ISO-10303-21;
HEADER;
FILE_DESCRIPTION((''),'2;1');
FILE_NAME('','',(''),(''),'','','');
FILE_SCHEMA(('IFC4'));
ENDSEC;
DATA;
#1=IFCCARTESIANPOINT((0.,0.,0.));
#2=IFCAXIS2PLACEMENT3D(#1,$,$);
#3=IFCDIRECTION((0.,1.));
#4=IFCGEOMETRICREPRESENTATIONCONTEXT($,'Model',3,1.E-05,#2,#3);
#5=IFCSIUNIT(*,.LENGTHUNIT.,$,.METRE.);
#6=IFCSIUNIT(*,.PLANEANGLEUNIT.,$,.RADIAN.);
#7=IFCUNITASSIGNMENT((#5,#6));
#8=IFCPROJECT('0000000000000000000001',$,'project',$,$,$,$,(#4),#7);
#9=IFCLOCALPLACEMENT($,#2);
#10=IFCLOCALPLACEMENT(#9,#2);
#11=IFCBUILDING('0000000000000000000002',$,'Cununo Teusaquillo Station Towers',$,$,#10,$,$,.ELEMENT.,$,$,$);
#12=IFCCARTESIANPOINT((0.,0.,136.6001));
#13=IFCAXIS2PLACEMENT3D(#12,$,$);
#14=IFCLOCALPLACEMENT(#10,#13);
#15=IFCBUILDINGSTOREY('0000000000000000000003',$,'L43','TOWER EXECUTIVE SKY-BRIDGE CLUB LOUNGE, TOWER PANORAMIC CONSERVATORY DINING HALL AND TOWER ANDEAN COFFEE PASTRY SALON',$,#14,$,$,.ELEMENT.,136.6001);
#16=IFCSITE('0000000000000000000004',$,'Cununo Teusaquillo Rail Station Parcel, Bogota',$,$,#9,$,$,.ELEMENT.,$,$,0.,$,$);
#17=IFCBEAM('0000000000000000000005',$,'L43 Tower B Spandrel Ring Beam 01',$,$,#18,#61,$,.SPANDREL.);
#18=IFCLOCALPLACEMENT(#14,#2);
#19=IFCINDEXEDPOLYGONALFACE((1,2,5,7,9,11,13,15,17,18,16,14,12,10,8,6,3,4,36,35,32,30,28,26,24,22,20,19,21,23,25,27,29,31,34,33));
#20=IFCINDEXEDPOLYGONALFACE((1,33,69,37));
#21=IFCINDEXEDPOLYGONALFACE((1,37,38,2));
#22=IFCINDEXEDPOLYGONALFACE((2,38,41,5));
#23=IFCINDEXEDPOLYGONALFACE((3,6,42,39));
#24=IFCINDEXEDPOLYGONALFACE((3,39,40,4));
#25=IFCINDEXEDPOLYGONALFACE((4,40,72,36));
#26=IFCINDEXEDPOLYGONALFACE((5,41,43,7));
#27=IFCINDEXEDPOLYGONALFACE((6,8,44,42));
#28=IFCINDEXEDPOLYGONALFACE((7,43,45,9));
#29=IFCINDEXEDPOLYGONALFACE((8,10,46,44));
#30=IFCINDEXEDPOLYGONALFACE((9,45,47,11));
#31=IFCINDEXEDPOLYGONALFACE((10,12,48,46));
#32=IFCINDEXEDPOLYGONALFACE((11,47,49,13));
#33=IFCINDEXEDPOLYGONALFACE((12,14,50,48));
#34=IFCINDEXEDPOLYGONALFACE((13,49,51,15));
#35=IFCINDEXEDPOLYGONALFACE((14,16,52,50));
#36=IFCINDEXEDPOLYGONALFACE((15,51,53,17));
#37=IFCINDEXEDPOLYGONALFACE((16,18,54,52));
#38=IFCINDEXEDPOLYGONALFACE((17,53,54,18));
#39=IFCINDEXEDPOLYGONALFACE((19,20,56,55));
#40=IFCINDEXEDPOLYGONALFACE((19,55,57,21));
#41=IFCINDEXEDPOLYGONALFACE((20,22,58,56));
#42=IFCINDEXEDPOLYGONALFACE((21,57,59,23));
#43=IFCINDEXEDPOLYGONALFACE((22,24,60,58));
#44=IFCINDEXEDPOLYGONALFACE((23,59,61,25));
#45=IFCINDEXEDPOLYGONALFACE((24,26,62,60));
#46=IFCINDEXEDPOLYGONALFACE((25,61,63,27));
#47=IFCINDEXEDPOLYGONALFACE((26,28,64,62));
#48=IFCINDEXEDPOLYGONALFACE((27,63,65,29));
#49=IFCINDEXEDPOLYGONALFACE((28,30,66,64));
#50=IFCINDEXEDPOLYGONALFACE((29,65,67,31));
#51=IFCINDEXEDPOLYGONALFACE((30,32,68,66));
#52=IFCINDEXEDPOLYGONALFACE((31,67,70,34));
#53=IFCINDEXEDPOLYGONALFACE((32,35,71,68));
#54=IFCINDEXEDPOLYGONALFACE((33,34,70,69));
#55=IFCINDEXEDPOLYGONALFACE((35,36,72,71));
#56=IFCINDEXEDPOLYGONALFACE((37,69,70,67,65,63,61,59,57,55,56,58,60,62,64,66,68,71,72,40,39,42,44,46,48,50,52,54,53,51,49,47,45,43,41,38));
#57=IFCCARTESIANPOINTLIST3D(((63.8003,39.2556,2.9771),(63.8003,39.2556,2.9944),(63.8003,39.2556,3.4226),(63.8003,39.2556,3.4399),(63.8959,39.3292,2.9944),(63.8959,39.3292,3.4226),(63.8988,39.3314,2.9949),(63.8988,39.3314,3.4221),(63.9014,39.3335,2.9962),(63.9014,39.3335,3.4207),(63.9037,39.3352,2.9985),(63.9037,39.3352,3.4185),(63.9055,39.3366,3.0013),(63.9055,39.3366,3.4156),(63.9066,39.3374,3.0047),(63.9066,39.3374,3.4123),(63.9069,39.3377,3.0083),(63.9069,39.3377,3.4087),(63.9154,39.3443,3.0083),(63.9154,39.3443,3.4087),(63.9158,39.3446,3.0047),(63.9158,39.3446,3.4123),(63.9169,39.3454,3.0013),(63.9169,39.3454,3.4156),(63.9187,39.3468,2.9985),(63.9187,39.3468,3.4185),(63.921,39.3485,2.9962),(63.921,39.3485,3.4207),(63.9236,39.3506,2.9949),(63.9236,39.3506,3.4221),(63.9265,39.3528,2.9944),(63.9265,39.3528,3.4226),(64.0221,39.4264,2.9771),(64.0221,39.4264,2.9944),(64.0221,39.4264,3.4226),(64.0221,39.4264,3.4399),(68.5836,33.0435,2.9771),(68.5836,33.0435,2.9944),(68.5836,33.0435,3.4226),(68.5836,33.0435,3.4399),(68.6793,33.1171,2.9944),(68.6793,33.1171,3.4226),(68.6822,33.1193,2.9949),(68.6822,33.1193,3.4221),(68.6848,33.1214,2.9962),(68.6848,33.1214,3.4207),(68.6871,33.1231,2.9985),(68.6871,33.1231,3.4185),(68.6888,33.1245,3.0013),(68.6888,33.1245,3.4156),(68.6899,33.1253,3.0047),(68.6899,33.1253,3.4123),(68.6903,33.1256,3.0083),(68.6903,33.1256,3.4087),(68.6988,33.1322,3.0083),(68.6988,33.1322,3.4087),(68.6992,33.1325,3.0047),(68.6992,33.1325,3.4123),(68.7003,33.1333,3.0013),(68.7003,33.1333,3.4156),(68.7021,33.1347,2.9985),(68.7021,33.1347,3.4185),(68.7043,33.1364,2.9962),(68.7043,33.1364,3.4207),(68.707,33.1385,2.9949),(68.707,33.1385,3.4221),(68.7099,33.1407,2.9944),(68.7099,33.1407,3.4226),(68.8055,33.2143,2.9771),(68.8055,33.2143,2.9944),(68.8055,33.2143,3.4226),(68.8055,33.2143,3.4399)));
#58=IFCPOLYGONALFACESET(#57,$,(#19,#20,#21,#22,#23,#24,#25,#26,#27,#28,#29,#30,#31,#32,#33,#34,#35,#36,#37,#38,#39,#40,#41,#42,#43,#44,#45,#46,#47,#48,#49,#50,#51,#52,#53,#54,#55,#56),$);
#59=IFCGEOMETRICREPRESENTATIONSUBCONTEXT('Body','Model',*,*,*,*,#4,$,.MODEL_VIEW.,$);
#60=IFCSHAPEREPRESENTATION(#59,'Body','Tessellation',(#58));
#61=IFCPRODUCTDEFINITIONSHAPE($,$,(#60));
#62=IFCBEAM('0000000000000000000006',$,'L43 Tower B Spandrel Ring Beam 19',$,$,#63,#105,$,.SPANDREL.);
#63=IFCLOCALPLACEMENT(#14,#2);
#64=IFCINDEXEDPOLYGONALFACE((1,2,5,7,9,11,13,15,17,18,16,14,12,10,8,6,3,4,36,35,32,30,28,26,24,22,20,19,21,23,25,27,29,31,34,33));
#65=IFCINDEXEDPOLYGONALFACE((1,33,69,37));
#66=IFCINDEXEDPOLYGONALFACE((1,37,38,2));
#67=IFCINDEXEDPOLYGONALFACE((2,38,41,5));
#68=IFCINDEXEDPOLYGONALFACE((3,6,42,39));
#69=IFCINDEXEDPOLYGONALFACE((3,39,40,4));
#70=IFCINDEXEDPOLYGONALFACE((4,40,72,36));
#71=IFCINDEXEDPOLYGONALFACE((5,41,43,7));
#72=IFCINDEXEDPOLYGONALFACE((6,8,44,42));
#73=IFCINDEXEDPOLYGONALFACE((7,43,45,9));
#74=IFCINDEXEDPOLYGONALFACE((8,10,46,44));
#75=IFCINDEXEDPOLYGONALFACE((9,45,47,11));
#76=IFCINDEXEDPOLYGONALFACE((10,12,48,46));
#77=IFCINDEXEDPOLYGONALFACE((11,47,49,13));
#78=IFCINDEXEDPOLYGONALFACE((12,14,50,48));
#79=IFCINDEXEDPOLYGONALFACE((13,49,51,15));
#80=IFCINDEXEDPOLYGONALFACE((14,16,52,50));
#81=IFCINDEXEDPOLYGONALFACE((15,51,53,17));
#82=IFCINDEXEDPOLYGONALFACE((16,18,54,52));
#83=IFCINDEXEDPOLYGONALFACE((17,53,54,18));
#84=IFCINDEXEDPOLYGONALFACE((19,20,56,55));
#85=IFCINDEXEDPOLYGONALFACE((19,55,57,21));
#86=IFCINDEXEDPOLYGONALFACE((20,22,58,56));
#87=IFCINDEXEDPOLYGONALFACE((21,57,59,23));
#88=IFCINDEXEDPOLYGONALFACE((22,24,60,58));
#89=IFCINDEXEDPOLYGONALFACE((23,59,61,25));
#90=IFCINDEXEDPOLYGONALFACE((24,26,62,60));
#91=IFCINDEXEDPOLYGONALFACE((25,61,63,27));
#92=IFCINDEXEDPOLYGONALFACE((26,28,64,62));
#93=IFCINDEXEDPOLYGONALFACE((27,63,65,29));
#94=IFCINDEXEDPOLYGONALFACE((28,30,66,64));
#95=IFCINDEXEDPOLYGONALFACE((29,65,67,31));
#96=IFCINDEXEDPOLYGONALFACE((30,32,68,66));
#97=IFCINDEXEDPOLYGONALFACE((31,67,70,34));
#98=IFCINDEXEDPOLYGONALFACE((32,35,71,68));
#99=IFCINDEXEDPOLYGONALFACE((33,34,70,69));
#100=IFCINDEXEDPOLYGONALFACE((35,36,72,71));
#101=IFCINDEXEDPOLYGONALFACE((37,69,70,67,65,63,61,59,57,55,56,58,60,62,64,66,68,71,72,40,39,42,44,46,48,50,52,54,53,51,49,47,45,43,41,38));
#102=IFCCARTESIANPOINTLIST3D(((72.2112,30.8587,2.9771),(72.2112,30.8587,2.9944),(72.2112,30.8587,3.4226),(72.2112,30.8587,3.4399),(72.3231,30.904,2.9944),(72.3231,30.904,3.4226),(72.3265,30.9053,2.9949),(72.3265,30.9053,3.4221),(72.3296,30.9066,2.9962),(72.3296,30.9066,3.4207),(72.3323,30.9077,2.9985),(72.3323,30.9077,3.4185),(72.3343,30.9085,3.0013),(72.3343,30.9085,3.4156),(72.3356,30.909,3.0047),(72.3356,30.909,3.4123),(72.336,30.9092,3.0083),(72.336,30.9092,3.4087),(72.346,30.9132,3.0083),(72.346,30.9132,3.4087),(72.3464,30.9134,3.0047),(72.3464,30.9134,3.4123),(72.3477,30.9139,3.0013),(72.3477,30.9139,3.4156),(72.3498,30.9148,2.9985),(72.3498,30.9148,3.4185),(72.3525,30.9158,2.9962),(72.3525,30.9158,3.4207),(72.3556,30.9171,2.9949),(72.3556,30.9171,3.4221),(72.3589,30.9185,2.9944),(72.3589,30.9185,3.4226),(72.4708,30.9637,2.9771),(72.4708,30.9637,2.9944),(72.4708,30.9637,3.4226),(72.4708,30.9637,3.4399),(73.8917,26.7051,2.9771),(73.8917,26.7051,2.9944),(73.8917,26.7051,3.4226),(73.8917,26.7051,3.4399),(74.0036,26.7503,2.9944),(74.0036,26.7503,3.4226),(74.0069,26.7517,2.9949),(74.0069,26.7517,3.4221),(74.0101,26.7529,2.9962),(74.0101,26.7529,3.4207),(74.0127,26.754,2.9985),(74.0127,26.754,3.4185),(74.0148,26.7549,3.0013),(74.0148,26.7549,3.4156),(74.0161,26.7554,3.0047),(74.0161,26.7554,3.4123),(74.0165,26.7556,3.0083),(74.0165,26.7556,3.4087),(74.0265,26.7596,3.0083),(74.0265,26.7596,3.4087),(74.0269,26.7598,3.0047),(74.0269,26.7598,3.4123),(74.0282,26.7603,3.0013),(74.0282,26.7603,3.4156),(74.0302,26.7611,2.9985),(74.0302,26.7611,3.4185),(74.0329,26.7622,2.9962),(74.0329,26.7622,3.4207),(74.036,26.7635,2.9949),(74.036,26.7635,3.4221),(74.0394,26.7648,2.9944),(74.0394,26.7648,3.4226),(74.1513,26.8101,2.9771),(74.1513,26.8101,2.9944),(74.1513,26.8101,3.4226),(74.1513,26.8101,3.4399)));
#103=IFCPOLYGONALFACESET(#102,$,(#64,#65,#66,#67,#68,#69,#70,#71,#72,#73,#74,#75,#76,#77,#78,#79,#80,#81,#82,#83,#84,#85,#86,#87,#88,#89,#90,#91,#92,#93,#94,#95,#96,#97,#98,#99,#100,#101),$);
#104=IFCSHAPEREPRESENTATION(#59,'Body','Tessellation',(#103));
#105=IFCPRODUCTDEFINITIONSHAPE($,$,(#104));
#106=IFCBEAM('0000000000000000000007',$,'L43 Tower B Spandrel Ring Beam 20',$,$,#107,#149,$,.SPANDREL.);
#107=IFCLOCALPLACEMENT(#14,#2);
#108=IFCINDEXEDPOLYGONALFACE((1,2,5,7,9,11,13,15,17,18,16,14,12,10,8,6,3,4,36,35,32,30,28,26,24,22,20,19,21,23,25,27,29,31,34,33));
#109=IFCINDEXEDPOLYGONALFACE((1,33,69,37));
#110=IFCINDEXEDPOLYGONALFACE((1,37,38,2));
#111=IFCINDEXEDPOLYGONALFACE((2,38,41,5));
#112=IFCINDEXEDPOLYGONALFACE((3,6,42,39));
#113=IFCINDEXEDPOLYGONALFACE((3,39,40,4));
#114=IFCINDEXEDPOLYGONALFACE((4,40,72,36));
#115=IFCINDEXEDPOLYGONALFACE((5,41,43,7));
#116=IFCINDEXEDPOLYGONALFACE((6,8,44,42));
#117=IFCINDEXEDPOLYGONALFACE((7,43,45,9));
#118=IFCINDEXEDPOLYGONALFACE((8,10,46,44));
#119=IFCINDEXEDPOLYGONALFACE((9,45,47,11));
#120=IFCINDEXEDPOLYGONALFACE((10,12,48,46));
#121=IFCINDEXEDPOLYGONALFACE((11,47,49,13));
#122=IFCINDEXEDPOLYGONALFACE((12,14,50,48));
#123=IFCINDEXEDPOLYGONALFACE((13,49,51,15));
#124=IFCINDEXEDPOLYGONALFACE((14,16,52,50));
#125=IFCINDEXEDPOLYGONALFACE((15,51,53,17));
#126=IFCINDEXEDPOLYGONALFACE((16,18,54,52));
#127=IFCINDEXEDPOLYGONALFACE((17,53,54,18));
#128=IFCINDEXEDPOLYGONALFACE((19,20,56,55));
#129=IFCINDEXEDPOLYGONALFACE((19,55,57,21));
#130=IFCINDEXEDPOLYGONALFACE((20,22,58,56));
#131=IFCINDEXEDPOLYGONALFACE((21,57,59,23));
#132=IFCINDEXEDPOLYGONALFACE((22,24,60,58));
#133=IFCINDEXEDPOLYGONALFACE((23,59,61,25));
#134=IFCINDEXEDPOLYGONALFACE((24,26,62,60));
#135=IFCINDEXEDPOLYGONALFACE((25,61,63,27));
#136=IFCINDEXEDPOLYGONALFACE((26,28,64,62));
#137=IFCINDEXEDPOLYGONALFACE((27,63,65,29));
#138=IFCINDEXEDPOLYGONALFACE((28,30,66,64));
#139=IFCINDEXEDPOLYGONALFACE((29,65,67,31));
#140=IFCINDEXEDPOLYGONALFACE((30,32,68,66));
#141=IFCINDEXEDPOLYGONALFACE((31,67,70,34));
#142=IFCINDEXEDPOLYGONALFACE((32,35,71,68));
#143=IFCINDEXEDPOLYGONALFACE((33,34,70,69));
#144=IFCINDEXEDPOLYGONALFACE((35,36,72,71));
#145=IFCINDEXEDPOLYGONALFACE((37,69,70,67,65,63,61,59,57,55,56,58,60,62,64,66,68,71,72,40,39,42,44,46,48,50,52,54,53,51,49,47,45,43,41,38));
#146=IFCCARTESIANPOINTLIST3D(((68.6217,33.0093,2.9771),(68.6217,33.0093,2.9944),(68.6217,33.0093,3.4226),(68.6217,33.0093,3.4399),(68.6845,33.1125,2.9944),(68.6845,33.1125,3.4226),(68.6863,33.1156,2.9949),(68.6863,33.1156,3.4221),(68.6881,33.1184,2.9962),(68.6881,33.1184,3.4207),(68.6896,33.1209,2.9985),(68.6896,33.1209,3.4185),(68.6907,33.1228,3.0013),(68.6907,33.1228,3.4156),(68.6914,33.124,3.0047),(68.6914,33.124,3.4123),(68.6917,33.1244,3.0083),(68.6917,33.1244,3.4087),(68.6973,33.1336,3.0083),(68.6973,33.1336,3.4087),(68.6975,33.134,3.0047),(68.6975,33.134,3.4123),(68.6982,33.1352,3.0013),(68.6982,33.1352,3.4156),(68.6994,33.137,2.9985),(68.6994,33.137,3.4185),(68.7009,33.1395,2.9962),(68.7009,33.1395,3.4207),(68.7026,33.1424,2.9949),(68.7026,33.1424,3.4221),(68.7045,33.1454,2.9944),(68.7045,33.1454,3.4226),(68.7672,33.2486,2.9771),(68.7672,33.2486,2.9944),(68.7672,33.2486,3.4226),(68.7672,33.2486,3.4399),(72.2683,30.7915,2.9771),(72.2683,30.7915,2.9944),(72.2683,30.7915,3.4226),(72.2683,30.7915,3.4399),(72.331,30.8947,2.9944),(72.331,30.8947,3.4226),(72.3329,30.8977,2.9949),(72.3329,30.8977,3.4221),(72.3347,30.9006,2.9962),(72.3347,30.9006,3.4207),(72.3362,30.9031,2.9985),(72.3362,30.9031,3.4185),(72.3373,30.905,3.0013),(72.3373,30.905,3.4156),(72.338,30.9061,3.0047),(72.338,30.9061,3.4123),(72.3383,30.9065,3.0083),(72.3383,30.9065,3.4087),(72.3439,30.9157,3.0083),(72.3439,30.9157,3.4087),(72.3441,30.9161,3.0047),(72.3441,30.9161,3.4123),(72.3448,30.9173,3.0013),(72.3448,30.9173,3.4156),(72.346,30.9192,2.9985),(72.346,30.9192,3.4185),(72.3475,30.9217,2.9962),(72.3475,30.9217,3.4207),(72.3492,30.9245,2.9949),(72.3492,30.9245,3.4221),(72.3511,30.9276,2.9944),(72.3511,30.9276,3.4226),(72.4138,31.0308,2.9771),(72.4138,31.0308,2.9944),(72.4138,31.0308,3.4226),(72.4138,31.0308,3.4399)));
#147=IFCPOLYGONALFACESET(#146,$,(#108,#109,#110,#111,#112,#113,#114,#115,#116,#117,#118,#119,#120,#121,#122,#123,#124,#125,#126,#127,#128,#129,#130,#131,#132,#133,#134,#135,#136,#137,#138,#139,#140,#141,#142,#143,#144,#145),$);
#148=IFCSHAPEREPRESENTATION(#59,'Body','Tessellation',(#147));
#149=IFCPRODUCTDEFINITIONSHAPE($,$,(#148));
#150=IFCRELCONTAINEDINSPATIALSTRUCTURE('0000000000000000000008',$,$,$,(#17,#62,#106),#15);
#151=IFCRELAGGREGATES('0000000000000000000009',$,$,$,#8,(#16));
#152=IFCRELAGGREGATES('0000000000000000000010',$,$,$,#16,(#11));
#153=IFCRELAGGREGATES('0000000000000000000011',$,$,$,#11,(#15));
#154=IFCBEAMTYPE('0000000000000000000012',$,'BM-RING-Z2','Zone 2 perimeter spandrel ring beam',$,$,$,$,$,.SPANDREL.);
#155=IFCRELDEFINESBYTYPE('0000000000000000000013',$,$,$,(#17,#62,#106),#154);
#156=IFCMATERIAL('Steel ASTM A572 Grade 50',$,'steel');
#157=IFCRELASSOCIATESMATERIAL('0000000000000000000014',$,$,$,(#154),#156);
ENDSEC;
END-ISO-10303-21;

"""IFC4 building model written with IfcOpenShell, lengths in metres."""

from ifc_helpers import new_model, si_unit, direction, frame, origin, origin_2d, place, context, subcontext, project, spatial, i_section, extrude, material, material_profile, profile_set, type_object, element, save


model = new_model("IFC4")

# Units and contexts
model_context = context("Model", 3, precision=1e-05, world=origin(), true_north=direction((0.0, 1.0)))
body_context = subcontext(model_context, "Body", "Model", "MODEL_VIEW")
ifc_project = project(units=[si_unit("LENGTHUNIT", "METRE"), si_unit("PLANEANGLEUNIT", "RADIAN")], contexts=[model_context])

# Site, building, storey
site_placement = place(None, origin())
site = spatial("IfcSite", under=ifc_project, at=site_placement, Name="Cununo Teusaquillo Rail Station Parcel, Bogota", CompositionType="ELEMENT", RefElevation=0.0)
building_placement = place(site_placement, origin())
building = spatial("IfcBuilding", under=site, at=building_placement, Name="Cununo Teusaquillo Station Towers", CompositionType="ELEMENT")
storey_placement = place(building_placement, frame((0.0, 0.0, 136.6001)))
storey = spatial("IfcBuildingStorey", under=building, at=storey_placement, Name="L43", Description="TOWER EXECUTIVE SKY-BRIDGE CLUB LOUNGE, TOWER PANORAMIC CONSERVATORY DINING HALL AND TOWER ANDEAN COFFEE PASTRY SALON", CompositionType="ELEMENT", Elevation=136.6001)

# Beams
ifc_material_1 = material(Name="Steel ASTM A572 Grade 50", Category="steel")
ifc_material_profile_1 = material_profile(ifc_material_1, i_section(OverallWidth=0.28, OverallDepth=0.4629, WebThickness=0.0107, FlangeThickness=0.0173, FilletRadius=0.0139, at=origin_2d()), Name="W18X76")
ifc_profile_set_1 = profile_set([ifc_material_profile_1], Name="Steel ASTM A572 Grade 50")
beam_type = type_object("IfcBeamType", Name="BM-RING-Z2", Description="Zone 2 perimeter spandrel ring beam", PredefinedType="SPANDREL", material=ifc_profile_set_1)
beam_1_placement = place(storey_placement, frame((68.6946, 33.1289, 3.2085), z_axis=(-0.6101, 0.792324, 0.0), x_axis=(-0.792324, -0.6101, 0.0)))
element("IfcBeam", 1, at=beam_1_placement, inside=storey, type_object=beam_type, Name="L43 Tower B Spandrel Ring Beam 01", PredefinedType="SPANDREL", context=body_context, shape_type="SweptSolid", body=[
    extrude(i_section(OverallWidth=0.28, OverallDepth=0.4629, WebThickness=0.0107, FlangeThickness=0.0173, FilletRadius=0.0139, at=origin_2d()), origin(), (0.0, 0.0, 1.0), 7.8403),
])
beam_2_placement = place(storey_placement, frame((74.0215, 26.7576, 3.2085), z_axis=(-0.375042, 0.927008, 0.0), x_axis=(-0.927008, -0.375042, 0.0)))
element("IfcBeam", 2, at=beam_2_placement, inside=storey, type_object=beam_type, Name="L43 Tower B Spandrel Ring Beam 19", PredefinedType="SPANDREL", context=body_context, shape_type="SweptSolid", body=[
    extrude(i_section(OverallWidth=0.28, OverallDepth=0.4629, WebThickness=0.0107, FlangeThickness=0.0173, FilletRadius=0.0139, at=origin_2d()), origin(), (0.0, 0.0, 1.0), 4.4807),
])
beam_3_placement = place(storey_placement, frame((72.3411, 30.9111, 3.2085), z_axis=(-0.854388, 0.519635, 0.0), x_axis=(-0.519635, -0.854388, 0.0)))
element("IfcBeam", 3, at=beam_3_placement, inside=storey, type_object=beam_type, Name="L43 Tower B Spandrel Ring Beam 20", PredefinedType="SPANDREL", context=body_context, shape_type="SweptSolid", body=[
    extrude(i_section(OverallWidth=0.28, OverallDepth=0.4629, WebThickness=0.0107, FlangeThickness=0.0173, FilletRadius=0.0139, at=origin_2d()), origin(), (0.0, 0.0, 1.0), 4.2681),
])

save(model, "model.ifc")
